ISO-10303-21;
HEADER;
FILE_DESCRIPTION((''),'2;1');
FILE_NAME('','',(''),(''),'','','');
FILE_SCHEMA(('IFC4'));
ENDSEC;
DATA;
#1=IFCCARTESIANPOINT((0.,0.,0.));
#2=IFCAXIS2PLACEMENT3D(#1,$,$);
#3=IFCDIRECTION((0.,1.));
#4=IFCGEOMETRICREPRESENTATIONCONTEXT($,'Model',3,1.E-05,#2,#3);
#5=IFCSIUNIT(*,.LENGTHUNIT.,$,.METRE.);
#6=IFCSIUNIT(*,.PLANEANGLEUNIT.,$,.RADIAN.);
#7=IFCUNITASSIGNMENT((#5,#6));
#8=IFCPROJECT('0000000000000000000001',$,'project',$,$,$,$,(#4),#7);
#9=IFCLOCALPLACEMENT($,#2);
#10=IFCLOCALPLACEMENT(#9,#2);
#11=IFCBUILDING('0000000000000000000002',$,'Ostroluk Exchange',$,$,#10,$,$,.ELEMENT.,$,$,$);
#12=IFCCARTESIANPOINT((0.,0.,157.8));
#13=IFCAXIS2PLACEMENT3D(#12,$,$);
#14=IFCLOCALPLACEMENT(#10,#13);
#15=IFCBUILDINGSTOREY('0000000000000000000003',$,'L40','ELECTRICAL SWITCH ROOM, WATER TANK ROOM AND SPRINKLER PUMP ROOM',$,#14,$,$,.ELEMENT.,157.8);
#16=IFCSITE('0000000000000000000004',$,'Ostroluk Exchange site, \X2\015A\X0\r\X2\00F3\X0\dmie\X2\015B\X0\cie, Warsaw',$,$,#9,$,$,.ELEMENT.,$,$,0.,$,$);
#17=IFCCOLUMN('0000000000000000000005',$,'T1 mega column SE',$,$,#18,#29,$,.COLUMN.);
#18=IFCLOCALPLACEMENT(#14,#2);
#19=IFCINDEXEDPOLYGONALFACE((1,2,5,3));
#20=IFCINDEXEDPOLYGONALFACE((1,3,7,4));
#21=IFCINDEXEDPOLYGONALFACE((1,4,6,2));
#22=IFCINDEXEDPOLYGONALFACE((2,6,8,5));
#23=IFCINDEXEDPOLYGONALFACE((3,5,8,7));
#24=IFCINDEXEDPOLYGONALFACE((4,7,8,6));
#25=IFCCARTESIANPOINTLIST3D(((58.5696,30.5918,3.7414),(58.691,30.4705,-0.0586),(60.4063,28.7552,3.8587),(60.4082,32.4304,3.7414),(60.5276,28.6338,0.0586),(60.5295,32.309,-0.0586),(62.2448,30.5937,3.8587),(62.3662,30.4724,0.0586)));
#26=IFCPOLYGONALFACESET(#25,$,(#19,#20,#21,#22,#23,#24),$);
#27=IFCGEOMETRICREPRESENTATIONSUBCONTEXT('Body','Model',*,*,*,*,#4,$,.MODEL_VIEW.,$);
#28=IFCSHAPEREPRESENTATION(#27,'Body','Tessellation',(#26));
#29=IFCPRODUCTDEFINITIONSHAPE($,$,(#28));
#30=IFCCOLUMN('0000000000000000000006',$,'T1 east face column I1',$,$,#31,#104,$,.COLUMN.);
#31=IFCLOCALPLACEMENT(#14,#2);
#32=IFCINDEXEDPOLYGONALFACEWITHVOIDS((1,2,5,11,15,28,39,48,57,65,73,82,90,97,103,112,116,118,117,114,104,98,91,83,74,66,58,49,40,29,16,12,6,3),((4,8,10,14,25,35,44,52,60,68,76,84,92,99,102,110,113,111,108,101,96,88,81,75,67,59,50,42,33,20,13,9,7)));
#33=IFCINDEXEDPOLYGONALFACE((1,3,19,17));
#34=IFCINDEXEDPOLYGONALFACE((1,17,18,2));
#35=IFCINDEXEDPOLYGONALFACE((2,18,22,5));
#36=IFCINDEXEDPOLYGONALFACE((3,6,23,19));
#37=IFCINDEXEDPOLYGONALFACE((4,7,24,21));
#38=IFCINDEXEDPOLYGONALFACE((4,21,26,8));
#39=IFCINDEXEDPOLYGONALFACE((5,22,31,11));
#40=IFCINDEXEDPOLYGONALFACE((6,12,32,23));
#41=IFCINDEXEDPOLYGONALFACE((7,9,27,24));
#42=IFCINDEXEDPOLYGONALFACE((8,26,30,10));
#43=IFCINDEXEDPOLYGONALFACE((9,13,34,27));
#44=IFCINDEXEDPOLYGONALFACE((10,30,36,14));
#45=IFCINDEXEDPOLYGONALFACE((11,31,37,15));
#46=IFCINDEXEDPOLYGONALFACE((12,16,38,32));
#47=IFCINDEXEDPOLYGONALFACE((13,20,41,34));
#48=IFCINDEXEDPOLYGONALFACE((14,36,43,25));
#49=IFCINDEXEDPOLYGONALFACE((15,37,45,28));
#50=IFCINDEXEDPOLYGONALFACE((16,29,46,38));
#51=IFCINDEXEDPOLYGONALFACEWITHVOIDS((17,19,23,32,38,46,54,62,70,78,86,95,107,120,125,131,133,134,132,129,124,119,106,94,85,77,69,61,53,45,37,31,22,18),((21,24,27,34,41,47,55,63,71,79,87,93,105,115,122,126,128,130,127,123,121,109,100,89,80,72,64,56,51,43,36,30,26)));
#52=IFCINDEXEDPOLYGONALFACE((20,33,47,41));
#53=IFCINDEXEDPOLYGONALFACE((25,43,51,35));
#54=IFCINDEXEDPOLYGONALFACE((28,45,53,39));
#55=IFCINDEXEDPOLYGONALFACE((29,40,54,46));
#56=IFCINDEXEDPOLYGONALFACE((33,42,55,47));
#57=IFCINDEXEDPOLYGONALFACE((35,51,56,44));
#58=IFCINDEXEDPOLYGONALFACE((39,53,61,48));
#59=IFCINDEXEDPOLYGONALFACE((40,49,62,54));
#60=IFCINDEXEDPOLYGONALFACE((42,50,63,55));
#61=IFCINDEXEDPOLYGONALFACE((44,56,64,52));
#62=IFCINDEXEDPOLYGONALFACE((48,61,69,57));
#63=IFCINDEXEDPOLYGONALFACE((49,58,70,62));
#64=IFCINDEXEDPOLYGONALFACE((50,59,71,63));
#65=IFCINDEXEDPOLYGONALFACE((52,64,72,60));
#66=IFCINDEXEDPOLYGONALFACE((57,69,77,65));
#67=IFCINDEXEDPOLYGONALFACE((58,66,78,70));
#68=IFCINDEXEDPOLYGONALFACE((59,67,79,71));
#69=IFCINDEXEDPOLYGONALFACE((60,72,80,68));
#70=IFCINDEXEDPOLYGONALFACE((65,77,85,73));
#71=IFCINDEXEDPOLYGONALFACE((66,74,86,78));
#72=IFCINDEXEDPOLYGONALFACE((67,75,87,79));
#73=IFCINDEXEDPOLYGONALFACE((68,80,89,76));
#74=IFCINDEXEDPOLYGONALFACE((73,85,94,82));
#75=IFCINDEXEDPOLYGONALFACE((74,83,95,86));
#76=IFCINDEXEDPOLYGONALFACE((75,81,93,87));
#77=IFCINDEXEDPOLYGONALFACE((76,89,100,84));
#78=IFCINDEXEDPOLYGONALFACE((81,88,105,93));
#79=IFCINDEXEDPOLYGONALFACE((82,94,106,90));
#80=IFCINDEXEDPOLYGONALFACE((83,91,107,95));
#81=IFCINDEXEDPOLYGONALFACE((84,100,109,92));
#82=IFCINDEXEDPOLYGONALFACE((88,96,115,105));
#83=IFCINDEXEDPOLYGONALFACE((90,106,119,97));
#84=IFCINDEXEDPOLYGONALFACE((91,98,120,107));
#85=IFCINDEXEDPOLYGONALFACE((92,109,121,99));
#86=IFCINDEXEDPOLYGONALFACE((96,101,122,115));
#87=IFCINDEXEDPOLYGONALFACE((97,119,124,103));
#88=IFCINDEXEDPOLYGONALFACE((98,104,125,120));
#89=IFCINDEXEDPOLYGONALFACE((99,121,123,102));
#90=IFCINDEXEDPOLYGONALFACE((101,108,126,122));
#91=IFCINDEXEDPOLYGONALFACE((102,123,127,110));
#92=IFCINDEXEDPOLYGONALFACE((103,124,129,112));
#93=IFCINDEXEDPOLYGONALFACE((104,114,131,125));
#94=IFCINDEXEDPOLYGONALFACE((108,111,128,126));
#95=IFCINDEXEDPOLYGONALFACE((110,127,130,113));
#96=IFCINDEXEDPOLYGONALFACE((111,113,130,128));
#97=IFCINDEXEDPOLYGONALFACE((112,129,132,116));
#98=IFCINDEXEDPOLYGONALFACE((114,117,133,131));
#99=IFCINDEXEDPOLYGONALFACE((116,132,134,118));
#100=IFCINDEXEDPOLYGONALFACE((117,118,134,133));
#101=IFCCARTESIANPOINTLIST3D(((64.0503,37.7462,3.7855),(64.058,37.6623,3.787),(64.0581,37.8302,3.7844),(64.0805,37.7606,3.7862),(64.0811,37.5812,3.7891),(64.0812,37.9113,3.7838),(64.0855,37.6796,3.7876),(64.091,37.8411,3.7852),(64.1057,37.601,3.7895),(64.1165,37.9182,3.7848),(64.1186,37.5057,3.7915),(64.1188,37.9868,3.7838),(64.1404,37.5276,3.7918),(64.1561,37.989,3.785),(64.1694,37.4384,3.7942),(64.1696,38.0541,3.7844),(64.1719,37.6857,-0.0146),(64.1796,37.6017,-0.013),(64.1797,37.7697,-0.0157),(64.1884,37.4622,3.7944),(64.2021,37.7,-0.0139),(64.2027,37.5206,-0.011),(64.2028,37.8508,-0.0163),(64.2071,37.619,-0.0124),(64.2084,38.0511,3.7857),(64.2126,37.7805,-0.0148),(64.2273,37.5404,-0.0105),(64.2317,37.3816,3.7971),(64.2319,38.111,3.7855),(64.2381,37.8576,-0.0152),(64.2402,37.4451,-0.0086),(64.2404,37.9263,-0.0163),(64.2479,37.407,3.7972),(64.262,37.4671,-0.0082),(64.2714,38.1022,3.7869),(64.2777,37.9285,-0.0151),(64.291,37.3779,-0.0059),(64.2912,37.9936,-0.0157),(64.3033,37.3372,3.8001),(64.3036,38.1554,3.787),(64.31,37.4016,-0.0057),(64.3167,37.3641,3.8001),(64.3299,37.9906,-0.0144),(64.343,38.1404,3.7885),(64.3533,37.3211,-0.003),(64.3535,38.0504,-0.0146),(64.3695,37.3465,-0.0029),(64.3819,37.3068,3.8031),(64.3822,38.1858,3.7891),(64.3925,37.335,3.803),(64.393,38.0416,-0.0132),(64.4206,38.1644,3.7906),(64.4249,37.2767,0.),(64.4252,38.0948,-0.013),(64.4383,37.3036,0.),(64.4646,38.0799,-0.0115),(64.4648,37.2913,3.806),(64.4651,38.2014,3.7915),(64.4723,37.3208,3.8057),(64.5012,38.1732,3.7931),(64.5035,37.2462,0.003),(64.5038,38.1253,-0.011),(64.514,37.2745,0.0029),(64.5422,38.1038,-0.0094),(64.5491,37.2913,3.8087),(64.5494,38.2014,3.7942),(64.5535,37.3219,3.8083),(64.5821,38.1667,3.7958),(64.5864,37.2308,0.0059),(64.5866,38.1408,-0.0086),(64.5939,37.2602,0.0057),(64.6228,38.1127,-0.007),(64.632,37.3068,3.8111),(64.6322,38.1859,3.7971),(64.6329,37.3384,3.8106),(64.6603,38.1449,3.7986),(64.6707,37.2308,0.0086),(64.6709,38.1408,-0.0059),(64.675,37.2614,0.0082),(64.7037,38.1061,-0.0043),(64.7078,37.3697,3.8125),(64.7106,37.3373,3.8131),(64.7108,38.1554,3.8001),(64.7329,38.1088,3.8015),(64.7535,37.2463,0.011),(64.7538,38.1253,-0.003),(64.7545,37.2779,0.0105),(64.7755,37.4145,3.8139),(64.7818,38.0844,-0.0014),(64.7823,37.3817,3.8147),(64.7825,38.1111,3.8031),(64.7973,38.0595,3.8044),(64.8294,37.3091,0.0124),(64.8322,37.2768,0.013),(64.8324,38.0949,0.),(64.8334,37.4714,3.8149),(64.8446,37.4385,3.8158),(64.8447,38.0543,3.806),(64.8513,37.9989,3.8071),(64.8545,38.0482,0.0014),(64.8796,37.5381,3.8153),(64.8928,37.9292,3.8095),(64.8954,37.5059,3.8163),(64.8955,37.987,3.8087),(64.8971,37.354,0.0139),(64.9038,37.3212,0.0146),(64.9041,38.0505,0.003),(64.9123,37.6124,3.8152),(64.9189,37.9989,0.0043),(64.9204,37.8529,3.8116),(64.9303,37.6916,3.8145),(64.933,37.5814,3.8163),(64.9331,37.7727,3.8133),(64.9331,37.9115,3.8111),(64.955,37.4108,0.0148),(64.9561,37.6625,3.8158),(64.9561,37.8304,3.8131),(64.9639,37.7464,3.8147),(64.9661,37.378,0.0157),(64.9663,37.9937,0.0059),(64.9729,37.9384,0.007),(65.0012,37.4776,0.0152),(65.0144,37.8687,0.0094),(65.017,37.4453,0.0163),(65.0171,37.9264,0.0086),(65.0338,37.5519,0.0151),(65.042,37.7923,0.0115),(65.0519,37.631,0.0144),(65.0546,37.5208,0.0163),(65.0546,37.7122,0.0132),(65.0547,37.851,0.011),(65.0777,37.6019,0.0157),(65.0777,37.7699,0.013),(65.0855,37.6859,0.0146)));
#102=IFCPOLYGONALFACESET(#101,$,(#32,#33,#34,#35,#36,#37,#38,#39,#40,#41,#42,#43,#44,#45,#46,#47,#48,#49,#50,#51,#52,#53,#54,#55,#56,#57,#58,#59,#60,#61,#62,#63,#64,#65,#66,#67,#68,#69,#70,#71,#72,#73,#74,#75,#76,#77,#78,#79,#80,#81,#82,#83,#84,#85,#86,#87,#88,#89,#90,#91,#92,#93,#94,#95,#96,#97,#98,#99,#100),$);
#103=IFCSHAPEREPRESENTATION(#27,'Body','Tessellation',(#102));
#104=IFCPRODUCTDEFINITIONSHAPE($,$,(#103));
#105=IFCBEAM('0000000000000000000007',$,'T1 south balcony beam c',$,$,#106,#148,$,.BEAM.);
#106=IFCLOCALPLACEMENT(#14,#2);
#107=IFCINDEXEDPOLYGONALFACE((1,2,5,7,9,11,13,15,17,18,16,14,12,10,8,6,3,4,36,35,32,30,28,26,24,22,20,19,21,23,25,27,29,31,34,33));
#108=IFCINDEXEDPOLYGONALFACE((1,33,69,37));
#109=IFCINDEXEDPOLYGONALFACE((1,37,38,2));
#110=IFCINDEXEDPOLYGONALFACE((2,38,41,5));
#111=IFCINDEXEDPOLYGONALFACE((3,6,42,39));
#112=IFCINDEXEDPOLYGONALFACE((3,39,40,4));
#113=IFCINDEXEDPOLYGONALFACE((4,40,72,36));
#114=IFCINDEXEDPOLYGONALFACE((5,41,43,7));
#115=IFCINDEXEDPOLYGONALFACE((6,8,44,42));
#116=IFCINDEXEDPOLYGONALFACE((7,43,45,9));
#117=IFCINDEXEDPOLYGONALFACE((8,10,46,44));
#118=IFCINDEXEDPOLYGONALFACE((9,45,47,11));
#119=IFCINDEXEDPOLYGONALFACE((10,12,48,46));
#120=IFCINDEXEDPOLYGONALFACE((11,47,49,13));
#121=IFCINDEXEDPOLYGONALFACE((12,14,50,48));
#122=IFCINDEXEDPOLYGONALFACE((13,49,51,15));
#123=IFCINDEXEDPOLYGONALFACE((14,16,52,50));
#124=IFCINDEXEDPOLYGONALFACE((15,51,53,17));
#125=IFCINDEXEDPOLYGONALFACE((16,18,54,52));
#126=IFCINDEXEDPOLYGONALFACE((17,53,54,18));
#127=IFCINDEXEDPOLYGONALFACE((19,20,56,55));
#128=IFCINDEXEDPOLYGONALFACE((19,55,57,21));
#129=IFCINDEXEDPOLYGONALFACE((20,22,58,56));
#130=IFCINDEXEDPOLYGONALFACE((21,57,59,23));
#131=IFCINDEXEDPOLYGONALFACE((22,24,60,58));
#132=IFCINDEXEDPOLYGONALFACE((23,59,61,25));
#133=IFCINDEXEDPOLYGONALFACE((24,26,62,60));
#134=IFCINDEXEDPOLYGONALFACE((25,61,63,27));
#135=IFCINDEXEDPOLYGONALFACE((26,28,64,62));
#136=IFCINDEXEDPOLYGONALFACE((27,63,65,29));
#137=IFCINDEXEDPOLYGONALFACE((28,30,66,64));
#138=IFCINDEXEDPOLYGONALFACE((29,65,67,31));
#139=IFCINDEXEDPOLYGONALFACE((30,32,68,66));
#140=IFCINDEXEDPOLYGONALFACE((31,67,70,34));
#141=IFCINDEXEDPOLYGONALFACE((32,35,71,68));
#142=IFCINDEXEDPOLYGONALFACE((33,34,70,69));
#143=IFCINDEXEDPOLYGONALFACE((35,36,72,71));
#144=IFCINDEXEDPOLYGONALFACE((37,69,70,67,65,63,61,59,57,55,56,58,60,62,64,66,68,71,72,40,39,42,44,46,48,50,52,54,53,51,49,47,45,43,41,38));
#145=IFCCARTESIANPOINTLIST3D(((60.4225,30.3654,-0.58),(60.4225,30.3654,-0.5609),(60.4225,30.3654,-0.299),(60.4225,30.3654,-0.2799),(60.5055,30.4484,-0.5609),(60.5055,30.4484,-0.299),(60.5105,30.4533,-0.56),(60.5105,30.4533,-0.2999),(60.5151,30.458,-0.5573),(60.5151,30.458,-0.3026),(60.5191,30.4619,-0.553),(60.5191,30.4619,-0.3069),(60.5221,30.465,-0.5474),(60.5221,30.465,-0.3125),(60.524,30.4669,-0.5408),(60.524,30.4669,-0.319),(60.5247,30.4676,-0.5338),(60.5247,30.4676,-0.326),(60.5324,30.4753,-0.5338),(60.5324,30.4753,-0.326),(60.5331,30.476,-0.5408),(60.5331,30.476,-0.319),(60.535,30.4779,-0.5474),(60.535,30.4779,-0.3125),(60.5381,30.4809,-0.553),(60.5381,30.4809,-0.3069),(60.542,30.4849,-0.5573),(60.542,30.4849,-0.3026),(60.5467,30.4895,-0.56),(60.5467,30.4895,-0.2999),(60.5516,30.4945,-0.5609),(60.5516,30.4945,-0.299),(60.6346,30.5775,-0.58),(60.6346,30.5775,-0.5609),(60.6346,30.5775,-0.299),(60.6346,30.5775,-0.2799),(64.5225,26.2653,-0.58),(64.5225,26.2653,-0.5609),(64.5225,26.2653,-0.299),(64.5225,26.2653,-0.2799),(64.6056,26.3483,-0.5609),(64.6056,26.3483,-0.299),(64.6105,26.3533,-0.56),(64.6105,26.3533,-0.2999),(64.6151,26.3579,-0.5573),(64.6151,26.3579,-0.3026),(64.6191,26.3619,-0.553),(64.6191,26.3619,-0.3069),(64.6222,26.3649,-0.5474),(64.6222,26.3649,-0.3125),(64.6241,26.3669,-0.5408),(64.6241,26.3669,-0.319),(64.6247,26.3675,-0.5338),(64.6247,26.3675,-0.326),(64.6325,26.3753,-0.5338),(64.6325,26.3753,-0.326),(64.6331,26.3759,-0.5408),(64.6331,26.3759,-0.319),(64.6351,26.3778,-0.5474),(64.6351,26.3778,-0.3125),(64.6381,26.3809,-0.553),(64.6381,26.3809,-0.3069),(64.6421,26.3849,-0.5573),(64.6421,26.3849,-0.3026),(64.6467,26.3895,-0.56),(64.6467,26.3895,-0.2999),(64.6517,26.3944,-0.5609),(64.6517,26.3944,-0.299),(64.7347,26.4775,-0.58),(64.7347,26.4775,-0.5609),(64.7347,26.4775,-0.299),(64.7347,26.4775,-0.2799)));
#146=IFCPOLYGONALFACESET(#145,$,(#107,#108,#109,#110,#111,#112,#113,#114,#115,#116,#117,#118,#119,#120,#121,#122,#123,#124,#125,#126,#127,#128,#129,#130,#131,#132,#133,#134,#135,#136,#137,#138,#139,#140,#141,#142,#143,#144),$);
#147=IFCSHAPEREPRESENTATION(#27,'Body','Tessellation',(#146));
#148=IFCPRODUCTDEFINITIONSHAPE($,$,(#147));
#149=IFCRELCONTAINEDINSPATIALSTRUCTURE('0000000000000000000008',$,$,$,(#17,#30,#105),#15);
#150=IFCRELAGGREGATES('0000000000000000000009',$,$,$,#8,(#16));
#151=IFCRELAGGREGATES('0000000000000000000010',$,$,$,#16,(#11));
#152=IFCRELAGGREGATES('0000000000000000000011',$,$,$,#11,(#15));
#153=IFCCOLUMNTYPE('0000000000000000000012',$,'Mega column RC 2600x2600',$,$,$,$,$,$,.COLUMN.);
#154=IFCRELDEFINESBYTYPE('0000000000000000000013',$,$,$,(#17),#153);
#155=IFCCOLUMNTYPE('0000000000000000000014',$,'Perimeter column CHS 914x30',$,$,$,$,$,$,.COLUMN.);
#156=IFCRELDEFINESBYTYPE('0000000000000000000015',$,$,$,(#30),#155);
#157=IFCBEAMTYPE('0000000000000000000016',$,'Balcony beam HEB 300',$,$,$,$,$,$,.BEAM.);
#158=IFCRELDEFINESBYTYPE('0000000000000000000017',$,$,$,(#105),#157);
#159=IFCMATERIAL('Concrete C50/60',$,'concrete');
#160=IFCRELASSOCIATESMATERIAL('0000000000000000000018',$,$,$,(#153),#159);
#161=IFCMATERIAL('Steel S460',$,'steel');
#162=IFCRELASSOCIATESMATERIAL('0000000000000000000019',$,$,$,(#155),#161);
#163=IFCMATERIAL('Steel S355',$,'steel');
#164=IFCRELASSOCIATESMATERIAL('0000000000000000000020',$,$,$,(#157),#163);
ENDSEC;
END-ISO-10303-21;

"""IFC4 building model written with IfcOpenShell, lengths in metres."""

from ifc_helpers import new_model, si_unit, direction, frame, origin, origin_2d, place, context, subcontext, project, spatial, rectangle, hollow_circle, i_section, extrude, material, material_profile, profile_set, type_object, element, save


model = new_model("IFC4")

# Units and contexts
model_context = context("Model", 3, precision=1e-05, world=origin(), true_north=direction((0.0, 1.0)))
body_context = subcontext(model_context, "Body", "Model", "MODEL_VIEW")
ifc_project = project(units=[si_unit("LENGTHUNIT", "METRE"), si_unit("PLANEANGLEUNIT", "RADIAN")], contexts=[model_context])

# Site, building, storey
site_placement = place(None, origin())
site = spatial("IfcSite", under=ifc_project, at=site_placement, Name="Ostroluk Exchange site, Śródmieście, Warsaw", CompositionType="ELEMENT", RefElevation=0.0)
building_placement = place(site_placement, origin())
building = spatial("IfcBuilding", under=site, at=building_placement, Name="Ostroluk Exchange", CompositionType="ELEMENT")
storey_placement = place(building_placement, frame((0.0, 0.0, 157.8)))
storey = spatial("IfcBuildingStorey", under=building, at=storey_placement, Name="L40", Description="ELECTRICAL SWITCH ROOM, WATER TANK ROOM AND SPRINKLER PUMP ROOM", CompositionType="ELEMENT", Elevation=157.8)

# Columns
ifc_material_1 = material(Name="Concrete C50/60", Category="concrete")
ifc_material_profile_1 = material_profile(ifc_material_1, rectangle(XDim=2.6001, YDim=2.6001, at=origin_2d()), Name="RC 2600x2600")
ifc_profile_set_1 = profile_set([ifc_material_profile_1], Name="Concrete C50/60")
column_type_1 = type_object("IfcColumnType", Name="Mega column RC 2600x2600", PredefinedType="COLUMN", material=ifc_profile_set_1)
column_1_placement = place(storey_placement, frame((60.5286, 30.4714, 0.0), z_axis=(-0.031898, 0.031898, 0.998982), x_axis=(-0.707107, -0.707107, 0.0)))
element("IfcColumn", 1, at=column_1_placement, inside=storey, type_object=column_type_1, Name="T1 mega column SE", PredefinedType="COLUMN", context=body_context, shape_type="SweptSolid", body=[
    extrude(rectangle(XDim=2.6001, YDim=2.6001, at=origin_2d()), origin(), (0.0, 0.0, 1.0), 3.804),
])
ifc_material_2 = material(Name="Steel S460", Category="steel")
ifc_material_profile_2 = material_profile(ifc_material_2, hollow_circle(Radius=0.457, WallThickness=0.03, at=origin_2d()), Name="CHS 914x30")
ifc_profile_set_2 = profile_set([ifc_material_profile_2], Name="Steel S460")
column_type_2 = type_object("IfcColumnType", Name="Perimeter column CHS 914x30", PredefinedType="COLUMN", material=ifc_profile_set_2)
column_2_placement = place(storey_placement, frame((64.6287, 37.6858, 0.0), z_axis=(-0.031974, 0.015923, 0.999362), x_axis=(-0.445775, -0.895145, 0.0)))
element("IfcColumn", 2, at=column_2_placement, inside=storey, type_object=column_type_2, Name="T1 east face column I1", PredefinedType="COLUMN", context=body_context, shape_type="SweptSolid", body=[
    extrude(hollow_circle(Radius=0.457, WallThickness=0.03, at=origin_2d()), origin(), (0.0, 0.0, 1.0), 3.8025),
])

# Beam
ifc_material_3 = material(Name="Steel S355", Category="steel")
ifc_material_profile_3 = material_profile(ifc_material_3, i_section(OverallWidth=0.3, OverallDepth=0.3, WebThickness=0.011, FlangeThickness=0.019, FilletRadius=0.0271, at=origin_2d()), Name="HEB 300")
ifc_profile_set_3 = profile_set([ifc_material_profile_3], Name="Steel S355")
beam_type_1 = type_object("IfcBeamType", Name="Balcony beam HEB 300", PredefinedType="BEAM", material=ifc_profile_set_3)
beam_1_placement = place(storey_placement, frame((60.5286, 30.4714, -0.4299), z_axis=(0.707107, -0.707107, 0.0), x_axis=(0.707107, 0.707107, 0.0)))
element("IfcBeam", 3, at=beam_1_placement, inside=storey, type_object=beam_type_1, Name="T1 south balcony beam c", PredefinedType="BEAM", context=body_context, shape_type="SweptSolid", body=[
    extrude(i_section(OverallWidth=0.3, OverallDepth=0.3, WebThickness=0.011, FlangeThickness=0.019, FilletRadius=0.0271, at=origin_2d()), origin(), (0.0, 0.0, 1.0), 5.7983),
])

save(model, "model.ifc")
